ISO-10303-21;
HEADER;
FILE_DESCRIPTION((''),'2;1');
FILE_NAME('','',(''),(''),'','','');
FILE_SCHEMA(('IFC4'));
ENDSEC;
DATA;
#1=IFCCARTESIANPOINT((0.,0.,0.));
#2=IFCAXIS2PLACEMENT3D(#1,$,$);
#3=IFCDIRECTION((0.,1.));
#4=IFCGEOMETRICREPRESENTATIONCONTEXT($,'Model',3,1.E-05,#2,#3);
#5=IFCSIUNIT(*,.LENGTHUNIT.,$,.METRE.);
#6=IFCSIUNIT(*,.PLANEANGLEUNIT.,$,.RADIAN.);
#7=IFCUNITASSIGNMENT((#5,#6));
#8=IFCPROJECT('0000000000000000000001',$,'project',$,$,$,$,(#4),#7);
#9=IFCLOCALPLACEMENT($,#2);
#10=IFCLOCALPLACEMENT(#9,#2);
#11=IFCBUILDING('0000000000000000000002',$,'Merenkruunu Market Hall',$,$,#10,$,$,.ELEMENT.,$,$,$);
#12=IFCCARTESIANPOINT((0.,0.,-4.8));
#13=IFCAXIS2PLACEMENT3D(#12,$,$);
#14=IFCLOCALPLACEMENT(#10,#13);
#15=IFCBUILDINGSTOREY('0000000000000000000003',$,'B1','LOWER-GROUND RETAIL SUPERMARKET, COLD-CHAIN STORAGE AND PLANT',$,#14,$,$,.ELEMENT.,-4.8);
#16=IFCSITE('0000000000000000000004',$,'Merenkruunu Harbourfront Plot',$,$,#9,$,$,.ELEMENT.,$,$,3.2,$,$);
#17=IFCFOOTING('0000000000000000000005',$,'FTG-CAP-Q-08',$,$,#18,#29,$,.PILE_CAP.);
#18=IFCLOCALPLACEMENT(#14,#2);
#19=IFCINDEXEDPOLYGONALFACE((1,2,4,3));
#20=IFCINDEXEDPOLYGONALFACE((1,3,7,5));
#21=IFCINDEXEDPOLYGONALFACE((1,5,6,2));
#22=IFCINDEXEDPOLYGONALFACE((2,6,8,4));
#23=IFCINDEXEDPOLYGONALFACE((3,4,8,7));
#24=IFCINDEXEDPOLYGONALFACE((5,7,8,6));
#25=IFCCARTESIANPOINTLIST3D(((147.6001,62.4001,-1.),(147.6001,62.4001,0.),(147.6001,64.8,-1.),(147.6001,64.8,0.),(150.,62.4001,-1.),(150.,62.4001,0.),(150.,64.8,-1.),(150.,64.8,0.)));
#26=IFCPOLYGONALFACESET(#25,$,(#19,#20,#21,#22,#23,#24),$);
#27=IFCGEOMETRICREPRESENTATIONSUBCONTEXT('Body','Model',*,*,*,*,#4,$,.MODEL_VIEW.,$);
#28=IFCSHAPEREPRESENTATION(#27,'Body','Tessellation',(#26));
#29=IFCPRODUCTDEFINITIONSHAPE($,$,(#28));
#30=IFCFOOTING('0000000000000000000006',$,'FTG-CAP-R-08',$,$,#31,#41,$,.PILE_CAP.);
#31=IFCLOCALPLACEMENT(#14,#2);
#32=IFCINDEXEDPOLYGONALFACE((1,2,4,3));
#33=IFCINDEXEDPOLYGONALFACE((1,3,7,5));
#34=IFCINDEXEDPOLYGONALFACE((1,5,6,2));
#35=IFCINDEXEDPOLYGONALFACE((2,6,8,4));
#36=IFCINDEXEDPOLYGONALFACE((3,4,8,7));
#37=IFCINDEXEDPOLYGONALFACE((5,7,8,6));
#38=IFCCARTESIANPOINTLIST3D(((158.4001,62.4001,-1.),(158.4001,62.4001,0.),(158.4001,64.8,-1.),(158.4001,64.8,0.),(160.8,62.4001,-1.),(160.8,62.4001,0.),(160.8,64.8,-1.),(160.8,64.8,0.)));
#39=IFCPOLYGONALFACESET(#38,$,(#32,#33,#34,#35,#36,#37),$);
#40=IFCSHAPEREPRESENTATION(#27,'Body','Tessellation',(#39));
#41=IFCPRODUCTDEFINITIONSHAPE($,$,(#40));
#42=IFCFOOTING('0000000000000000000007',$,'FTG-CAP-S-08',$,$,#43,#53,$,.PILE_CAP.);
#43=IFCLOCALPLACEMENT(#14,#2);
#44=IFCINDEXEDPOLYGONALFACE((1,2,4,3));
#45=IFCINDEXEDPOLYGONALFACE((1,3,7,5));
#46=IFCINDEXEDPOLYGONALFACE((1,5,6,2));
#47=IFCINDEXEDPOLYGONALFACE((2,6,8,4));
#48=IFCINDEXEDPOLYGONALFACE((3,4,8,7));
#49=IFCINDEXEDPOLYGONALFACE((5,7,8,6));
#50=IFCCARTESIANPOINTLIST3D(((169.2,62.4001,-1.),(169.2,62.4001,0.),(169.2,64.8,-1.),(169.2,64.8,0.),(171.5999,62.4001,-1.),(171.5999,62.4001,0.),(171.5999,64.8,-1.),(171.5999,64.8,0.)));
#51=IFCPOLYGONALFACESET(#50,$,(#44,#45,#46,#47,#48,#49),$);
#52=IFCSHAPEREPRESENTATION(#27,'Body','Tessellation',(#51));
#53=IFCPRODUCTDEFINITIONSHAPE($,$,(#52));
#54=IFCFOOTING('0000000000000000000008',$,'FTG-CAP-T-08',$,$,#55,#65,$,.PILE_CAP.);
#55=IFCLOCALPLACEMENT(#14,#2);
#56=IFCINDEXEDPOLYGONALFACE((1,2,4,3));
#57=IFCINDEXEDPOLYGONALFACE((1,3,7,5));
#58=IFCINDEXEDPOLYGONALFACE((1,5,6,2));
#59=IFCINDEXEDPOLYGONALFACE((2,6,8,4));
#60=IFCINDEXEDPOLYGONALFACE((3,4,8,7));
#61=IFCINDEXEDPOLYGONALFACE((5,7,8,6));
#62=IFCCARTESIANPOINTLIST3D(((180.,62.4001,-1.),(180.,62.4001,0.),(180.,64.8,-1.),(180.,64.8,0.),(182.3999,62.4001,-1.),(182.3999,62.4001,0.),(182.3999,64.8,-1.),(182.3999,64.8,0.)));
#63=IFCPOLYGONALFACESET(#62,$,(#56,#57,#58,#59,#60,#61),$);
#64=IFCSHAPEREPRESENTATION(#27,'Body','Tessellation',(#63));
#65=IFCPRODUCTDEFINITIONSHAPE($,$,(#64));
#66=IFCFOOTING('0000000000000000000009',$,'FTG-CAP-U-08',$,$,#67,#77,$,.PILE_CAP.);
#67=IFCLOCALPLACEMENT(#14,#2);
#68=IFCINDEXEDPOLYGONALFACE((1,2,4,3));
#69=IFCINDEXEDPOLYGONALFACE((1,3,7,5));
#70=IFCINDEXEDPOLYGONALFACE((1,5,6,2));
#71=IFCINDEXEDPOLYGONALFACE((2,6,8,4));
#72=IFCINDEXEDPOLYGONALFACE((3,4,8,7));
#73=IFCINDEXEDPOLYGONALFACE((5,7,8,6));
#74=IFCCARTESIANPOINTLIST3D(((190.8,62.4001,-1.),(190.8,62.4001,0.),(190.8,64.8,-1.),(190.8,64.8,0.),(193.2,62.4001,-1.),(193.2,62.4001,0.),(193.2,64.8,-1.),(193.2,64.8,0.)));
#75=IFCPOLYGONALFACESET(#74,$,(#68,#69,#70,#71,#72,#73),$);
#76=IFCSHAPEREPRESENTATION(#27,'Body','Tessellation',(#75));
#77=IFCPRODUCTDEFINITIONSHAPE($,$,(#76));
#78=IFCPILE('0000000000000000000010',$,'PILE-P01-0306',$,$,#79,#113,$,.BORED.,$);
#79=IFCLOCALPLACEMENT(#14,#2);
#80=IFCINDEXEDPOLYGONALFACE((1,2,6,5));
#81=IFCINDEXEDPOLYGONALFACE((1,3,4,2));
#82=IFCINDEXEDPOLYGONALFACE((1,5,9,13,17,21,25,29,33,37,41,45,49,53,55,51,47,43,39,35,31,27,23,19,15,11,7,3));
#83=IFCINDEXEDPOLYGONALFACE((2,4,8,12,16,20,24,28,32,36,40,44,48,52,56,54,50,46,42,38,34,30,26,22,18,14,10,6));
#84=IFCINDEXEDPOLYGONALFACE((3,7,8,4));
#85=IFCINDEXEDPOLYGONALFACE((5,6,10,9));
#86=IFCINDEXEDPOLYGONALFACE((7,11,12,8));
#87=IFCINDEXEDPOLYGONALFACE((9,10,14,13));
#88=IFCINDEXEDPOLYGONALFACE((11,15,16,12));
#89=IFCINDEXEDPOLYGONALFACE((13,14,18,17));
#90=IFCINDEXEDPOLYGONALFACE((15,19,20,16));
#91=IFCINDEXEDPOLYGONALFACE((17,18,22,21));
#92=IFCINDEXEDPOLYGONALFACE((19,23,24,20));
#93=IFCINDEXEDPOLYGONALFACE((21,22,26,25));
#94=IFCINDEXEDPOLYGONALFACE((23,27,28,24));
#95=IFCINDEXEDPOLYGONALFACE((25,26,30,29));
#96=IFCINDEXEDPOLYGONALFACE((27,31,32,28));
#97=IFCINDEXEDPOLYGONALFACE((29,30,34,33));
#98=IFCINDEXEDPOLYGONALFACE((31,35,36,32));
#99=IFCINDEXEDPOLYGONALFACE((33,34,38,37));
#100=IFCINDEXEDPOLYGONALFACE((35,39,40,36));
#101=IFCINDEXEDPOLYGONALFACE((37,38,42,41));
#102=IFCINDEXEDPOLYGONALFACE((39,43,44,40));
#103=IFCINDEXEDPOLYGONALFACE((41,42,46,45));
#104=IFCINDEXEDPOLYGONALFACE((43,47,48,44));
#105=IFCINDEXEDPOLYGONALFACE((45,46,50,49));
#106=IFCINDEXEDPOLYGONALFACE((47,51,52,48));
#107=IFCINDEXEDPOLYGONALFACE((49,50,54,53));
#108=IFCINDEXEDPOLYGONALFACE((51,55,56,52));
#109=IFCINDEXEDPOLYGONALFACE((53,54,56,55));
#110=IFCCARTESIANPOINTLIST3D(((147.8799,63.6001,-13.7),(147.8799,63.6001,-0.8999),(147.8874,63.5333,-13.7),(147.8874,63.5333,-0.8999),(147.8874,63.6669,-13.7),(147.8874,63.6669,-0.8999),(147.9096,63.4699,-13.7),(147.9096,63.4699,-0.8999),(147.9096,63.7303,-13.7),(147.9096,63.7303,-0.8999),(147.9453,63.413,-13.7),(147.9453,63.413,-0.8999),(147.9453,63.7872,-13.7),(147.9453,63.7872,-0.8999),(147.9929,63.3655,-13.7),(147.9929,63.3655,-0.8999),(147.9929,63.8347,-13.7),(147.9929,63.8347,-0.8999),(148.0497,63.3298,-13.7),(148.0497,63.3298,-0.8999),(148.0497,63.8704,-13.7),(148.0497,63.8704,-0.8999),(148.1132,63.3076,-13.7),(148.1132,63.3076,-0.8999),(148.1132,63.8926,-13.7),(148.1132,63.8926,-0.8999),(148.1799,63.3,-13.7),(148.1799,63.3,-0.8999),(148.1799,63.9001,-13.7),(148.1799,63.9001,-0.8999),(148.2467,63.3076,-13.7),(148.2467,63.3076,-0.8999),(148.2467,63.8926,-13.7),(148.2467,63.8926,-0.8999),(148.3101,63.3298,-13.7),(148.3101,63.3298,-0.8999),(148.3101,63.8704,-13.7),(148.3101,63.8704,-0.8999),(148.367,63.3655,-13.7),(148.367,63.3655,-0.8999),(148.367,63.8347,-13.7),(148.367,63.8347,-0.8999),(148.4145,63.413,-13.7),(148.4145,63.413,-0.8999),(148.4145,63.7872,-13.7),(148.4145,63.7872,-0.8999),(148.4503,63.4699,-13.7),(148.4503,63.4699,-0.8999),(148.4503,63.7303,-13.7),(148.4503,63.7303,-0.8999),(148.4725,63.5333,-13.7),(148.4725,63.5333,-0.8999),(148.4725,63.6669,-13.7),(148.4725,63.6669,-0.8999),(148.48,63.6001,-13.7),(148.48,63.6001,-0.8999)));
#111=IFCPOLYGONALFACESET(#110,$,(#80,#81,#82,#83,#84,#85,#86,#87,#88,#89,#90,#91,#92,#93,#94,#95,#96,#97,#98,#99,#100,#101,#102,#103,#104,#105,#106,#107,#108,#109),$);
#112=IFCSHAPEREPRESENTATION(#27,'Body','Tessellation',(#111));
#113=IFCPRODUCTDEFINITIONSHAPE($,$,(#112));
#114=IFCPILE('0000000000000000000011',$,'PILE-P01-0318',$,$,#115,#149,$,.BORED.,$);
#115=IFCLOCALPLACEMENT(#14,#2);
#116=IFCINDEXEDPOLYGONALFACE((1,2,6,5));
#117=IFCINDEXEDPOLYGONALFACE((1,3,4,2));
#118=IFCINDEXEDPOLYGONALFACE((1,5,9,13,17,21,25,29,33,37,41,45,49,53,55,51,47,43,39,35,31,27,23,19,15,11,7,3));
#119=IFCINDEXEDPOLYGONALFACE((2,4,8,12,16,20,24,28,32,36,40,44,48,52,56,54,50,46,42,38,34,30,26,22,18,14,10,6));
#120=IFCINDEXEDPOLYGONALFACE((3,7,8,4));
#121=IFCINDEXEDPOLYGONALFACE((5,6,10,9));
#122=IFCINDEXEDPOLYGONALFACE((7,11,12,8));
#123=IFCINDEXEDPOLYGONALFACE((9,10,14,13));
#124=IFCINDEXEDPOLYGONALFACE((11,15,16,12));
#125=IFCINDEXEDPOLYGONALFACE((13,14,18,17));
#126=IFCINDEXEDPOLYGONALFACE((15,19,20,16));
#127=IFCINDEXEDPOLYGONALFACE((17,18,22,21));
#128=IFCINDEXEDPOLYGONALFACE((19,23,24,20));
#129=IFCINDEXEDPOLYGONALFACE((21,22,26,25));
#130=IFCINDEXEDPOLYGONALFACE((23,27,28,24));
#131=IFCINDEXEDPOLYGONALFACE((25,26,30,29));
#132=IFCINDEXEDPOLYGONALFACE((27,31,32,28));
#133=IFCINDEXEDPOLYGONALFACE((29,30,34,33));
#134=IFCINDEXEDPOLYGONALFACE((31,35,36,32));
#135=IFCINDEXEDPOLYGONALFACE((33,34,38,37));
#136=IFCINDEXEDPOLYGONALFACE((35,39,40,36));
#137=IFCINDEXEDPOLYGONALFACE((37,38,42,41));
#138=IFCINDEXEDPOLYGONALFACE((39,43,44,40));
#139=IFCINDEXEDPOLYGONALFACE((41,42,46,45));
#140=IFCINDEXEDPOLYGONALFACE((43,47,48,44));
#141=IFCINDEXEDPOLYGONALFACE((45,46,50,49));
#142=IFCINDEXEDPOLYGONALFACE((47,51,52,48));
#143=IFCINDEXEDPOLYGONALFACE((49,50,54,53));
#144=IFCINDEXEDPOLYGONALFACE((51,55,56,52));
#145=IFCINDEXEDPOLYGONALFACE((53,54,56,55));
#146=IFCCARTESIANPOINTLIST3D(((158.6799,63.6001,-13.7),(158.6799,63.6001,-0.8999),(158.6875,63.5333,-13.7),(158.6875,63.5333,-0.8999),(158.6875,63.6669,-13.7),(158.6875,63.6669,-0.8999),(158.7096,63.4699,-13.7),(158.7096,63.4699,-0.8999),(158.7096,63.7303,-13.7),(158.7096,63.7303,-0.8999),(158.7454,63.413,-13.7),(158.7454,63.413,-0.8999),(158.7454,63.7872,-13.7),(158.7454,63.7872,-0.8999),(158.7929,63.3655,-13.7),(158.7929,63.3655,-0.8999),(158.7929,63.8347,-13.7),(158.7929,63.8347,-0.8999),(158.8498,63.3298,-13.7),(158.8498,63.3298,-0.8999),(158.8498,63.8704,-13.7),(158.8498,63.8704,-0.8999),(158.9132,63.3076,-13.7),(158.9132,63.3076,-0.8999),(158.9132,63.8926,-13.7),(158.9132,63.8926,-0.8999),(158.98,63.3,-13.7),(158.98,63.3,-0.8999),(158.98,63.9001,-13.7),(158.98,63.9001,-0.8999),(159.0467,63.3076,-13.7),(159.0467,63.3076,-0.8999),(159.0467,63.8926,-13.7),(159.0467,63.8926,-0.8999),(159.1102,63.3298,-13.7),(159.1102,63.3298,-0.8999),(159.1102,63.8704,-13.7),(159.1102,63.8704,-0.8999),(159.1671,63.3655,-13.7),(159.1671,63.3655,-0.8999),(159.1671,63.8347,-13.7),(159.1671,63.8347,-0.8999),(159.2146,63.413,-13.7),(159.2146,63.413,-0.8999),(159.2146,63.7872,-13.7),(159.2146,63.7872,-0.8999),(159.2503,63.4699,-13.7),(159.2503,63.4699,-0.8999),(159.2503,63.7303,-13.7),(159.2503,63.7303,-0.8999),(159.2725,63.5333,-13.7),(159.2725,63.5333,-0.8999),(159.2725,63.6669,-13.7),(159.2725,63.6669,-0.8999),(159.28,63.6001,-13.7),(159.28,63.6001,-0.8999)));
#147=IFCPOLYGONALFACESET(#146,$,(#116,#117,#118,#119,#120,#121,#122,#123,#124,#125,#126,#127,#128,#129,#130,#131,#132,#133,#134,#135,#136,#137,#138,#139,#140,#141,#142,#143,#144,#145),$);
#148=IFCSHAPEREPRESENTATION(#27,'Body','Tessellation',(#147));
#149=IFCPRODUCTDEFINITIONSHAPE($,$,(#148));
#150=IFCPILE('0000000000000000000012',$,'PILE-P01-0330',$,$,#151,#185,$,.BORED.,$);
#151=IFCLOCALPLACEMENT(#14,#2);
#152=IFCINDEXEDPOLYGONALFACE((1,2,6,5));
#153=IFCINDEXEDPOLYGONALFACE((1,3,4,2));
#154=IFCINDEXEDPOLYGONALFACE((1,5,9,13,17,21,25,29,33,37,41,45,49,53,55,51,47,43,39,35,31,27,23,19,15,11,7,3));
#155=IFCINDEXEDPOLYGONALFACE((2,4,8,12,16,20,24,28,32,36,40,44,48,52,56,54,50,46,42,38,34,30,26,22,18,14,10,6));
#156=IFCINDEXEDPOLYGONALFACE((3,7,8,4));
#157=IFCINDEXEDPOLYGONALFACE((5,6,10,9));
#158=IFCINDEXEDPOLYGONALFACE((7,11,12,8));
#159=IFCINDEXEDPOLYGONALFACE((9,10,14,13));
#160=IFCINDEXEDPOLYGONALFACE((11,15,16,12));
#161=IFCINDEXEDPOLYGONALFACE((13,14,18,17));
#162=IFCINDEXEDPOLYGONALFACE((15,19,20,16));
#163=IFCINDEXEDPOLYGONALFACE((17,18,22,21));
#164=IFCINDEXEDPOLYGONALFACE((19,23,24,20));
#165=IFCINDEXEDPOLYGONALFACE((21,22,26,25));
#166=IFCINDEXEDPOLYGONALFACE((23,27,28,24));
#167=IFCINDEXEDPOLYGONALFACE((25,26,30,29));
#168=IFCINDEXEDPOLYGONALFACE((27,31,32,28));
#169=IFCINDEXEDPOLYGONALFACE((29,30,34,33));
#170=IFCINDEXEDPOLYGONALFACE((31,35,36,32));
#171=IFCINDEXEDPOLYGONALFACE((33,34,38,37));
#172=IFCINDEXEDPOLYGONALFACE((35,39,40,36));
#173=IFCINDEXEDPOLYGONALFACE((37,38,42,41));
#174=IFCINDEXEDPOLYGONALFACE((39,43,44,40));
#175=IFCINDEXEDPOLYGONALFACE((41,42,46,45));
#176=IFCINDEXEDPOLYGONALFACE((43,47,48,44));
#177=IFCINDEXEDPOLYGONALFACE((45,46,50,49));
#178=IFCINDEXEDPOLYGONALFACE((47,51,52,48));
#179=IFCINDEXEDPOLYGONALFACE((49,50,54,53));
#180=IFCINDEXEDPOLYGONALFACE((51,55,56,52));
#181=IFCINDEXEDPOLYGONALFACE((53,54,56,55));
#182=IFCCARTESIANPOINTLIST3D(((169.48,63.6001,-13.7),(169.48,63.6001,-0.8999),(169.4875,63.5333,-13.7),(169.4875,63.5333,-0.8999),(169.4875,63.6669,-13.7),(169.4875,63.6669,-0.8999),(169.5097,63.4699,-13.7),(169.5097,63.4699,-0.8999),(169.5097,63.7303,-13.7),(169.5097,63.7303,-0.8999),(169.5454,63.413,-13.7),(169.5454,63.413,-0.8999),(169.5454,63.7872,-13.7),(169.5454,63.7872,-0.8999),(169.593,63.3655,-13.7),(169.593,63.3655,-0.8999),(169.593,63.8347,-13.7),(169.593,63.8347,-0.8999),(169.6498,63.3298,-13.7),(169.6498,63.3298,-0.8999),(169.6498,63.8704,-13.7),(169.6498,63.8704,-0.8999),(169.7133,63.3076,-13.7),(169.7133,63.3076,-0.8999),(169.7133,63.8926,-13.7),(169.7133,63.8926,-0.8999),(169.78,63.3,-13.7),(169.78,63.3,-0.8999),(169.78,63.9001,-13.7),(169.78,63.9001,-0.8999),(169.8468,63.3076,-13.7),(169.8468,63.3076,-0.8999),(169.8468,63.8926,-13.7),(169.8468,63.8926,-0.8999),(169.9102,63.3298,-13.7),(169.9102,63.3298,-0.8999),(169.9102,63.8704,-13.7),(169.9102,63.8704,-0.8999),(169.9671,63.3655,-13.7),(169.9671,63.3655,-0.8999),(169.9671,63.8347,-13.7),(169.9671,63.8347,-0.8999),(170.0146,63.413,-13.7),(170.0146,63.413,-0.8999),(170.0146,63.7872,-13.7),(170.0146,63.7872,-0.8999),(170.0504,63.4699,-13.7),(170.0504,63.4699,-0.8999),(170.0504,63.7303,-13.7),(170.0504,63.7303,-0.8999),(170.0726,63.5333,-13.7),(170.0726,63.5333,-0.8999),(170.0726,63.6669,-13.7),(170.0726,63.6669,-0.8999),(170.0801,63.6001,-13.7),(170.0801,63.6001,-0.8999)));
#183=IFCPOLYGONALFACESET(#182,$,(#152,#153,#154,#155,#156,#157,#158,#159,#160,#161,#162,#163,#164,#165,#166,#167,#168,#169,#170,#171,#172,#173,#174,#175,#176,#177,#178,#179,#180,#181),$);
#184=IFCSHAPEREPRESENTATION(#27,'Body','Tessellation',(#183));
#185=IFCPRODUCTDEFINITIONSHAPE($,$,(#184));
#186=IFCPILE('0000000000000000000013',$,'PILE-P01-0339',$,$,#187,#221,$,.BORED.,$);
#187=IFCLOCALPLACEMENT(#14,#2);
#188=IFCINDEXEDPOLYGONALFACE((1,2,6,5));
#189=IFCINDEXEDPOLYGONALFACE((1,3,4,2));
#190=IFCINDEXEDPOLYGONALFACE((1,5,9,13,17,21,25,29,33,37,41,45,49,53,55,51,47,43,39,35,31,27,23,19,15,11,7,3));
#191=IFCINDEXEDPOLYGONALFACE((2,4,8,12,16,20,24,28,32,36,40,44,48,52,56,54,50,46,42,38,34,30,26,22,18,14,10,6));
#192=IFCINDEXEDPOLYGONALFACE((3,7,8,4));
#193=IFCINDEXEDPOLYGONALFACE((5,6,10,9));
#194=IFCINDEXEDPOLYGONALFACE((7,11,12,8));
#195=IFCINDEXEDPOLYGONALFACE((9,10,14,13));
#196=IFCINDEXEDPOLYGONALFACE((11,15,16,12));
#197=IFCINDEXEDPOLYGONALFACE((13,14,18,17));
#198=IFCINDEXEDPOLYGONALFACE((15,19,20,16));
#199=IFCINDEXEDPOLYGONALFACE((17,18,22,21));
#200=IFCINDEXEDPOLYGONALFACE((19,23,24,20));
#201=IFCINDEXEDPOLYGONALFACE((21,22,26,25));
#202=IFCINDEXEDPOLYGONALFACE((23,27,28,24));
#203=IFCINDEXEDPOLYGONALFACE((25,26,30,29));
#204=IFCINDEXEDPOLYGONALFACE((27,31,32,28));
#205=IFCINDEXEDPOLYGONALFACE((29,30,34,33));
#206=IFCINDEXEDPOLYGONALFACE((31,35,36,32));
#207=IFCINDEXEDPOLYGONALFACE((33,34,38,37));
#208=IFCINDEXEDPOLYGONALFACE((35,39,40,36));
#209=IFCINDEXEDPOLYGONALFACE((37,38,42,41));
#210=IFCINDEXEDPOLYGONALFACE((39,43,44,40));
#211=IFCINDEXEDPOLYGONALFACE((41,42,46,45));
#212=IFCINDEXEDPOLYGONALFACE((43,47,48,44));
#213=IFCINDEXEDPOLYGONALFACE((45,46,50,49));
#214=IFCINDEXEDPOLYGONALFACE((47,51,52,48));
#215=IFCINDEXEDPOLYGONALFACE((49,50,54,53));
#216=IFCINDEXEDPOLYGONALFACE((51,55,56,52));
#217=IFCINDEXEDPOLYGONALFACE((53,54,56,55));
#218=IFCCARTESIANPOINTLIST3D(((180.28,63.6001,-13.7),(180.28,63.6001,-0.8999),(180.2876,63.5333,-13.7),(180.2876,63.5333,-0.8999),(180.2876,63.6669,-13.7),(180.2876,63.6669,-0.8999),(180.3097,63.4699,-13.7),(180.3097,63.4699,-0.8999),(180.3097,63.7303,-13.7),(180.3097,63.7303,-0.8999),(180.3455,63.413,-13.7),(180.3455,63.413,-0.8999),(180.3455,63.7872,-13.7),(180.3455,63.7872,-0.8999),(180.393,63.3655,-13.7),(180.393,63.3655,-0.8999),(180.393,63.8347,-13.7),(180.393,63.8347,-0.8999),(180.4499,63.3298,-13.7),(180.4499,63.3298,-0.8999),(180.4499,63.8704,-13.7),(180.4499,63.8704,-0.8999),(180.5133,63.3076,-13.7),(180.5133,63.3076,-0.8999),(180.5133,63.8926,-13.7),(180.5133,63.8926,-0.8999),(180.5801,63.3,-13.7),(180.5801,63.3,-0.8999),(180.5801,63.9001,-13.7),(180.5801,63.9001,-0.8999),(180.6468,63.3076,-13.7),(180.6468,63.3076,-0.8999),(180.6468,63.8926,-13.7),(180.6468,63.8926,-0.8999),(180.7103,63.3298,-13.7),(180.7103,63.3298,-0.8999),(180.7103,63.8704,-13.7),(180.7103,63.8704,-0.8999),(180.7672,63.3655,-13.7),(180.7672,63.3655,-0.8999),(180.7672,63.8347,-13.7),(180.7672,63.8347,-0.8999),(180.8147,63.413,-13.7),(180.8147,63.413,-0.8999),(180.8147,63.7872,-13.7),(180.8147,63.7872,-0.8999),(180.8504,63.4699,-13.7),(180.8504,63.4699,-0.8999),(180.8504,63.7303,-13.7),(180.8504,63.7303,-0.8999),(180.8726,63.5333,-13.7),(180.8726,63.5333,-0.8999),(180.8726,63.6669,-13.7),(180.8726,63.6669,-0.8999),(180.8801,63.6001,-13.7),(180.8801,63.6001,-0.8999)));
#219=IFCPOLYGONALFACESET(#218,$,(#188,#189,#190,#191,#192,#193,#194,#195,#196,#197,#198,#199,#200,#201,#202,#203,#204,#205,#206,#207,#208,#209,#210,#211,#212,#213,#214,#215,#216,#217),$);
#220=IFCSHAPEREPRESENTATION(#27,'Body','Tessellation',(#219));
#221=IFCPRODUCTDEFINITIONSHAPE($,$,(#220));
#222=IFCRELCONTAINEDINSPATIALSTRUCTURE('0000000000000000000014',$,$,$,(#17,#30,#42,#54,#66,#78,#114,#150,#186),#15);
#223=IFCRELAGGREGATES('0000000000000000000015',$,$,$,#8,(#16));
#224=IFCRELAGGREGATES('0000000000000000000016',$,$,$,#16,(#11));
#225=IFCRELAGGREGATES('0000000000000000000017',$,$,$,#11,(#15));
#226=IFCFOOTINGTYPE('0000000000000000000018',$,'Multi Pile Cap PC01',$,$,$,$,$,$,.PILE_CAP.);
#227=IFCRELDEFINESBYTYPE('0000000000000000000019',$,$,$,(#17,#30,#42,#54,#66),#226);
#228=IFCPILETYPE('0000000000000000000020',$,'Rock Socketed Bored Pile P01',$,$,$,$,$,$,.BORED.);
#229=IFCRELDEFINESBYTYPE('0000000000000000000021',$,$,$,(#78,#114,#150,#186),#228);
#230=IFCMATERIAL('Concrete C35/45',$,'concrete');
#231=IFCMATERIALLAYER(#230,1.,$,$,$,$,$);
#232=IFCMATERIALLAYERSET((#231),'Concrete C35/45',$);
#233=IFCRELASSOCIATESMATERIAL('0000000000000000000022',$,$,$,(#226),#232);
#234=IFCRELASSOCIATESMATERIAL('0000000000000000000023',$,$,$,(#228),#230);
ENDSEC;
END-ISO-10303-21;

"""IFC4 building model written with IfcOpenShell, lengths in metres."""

from ifc_helpers import new_model, si_unit, direction, frame, origin, origin_2d, place, context, subcontext, project, spatial, rectangle, circle, extrude, material, layer, layer_set, material_profile, profile_set, type_object, element, save


model = new_model("IFC4")

# Units and contexts
model_context = context("Model", 3, precision=1e-05, world=origin(), true_north=direction((0.0, 1.0)))
body_context = subcontext(model_context, "Body", "Model", "MODEL_VIEW")
ifc_project = project(units=[si_unit("LENGTHUNIT", "METRE"), si_unit("PLANEANGLEUNIT", "RADIAN")], contexts=[model_context])

# Site, building, storey
site_placement = place(None, origin())
site = spatial("IfcSite", under=ifc_project, at=site_placement, Name="Merenkruunu Harbourfront Plot", CompositionType="ELEMENT", RefElevation=3.2)
building_placement = place(site_placement, origin())
building = spatial("IfcBuilding", under=site, at=building_placement, Name="Merenkruunu Market Hall", CompositionType="ELEMENT")
storey_placement = place(building_placement, frame((0.0, 0.0, -4.8)))
storey = spatial("IfcBuildingStorey", under=building, at=storey_placement, Name="B1", Description="LOWER-GROUND RETAIL SUPERMARKET, COLD-CHAIN STORAGE AND PLANT", CompositionType="ELEMENT", Elevation=-4.8)

# Footings
ifc_material = material(Name="Concrete C35/45", Category="concrete")
ifc_layer_1 = layer(ifc_material, 1.0)
ifc_layer_set_1 = layer_set([ifc_layer_1], Name="Concrete C35/45")
footing_type_1 = type_object("IfcFootingType", Name="Multi Pile Cap PC01", PredefinedType="PILE_CAP", material=ifc_layer_set_1)
for number, where, z_axis, x_axis, name in (
    (1, (148.8, 63.6001, -1.0), (0.0, 0.0, 1.0), (1.0, 0.0, 0.0), "FTG-CAP-Q-08"),
    (2, (159.6001, 63.6001, -1.0), (0.0, 0.0, 1.0), (1.0, 0.0, 0.0), "FTG-CAP-R-08"),
    (3, (170.3999, 63.6001, -1.0), (0.0, 0.0, 1.0), (1.0, 0.0, 0.0), "FTG-CAP-S-08"),
    (4, (181.2, 63.6001, -1.0), (0.0, 0.0, 1.0), (1.0, 0.0, 0.0), "FTG-CAP-T-08"),
    (5, (192.0, 63.6001, -1.0), (0.0, 0.0, 1.0), (1.0, 0.0, 0.0), "FTG-CAP-U-08"),
):
    element("IfcFooting", number, at=place(storey_placement, frame(where, z_axis=z_axis, x_axis=x_axis)), inside=storey, type_object=footing_type_1, Name=name, PredefinedType="PILE_CAP", context=body_context, shape_type="SweptSolid", body=[
        extrude(rectangle(XDim=2.3999, YDim=2.3999, at=origin_2d()), origin(), (0.0, 0.0, 1.0), 1.0),
    ])

# Piles
ifc_material_profile_1 = material_profile(ifc_material, circle(Radius=0.3, at=origin_2d()), Name="BORED PILE 600")
ifc_profile_set_1 = profile_set([ifc_material_profile_1], Name="Concrete C35/45")
pile_type_1 = type_object("IfcPileType", Name="Rock Socketed Bored Pile P01", PredefinedType="BORED", material=ifc_profile_set_1)
for number, where, z_axis, x_axis, name in (
    (6, (148.1799, 63.6001, -0.8999), (0.0, 0.0, -1.0), (1.0, 0.0, 0.0), "PILE-P01-0306"),
    (7, (158.98, 63.6001, -0.8999), (0.0, 0.0, -1.0), (1.0, 0.0, 0.0), "PILE-P01-0318"),
    (8, (169.78, 63.6001, -0.8999), (0.0, 0.0, -1.0), (1.0, 0.0, 0.0), "PILE-P01-0330"),
    (9, (180.5801, 63.6001, -0.8999), (0.0, 0.0, -1.0), (1.0, 0.0, 0.0), "PILE-P01-0339"),
):
    element("IfcPile", number, at=place(storey_placement, frame(where, z_axis=z_axis, x_axis=x_axis)), inside=storey, type_object=pile_type_1, Name=name, PredefinedType="BORED", context=body_context, shape_type="SweptSolid", body=[
        extrude(circle(Radius=0.3, at=origin_2d()), origin(), (0.0, 0.0, 1.0), 12.8),
    ])

save(model, "model.ifc")
